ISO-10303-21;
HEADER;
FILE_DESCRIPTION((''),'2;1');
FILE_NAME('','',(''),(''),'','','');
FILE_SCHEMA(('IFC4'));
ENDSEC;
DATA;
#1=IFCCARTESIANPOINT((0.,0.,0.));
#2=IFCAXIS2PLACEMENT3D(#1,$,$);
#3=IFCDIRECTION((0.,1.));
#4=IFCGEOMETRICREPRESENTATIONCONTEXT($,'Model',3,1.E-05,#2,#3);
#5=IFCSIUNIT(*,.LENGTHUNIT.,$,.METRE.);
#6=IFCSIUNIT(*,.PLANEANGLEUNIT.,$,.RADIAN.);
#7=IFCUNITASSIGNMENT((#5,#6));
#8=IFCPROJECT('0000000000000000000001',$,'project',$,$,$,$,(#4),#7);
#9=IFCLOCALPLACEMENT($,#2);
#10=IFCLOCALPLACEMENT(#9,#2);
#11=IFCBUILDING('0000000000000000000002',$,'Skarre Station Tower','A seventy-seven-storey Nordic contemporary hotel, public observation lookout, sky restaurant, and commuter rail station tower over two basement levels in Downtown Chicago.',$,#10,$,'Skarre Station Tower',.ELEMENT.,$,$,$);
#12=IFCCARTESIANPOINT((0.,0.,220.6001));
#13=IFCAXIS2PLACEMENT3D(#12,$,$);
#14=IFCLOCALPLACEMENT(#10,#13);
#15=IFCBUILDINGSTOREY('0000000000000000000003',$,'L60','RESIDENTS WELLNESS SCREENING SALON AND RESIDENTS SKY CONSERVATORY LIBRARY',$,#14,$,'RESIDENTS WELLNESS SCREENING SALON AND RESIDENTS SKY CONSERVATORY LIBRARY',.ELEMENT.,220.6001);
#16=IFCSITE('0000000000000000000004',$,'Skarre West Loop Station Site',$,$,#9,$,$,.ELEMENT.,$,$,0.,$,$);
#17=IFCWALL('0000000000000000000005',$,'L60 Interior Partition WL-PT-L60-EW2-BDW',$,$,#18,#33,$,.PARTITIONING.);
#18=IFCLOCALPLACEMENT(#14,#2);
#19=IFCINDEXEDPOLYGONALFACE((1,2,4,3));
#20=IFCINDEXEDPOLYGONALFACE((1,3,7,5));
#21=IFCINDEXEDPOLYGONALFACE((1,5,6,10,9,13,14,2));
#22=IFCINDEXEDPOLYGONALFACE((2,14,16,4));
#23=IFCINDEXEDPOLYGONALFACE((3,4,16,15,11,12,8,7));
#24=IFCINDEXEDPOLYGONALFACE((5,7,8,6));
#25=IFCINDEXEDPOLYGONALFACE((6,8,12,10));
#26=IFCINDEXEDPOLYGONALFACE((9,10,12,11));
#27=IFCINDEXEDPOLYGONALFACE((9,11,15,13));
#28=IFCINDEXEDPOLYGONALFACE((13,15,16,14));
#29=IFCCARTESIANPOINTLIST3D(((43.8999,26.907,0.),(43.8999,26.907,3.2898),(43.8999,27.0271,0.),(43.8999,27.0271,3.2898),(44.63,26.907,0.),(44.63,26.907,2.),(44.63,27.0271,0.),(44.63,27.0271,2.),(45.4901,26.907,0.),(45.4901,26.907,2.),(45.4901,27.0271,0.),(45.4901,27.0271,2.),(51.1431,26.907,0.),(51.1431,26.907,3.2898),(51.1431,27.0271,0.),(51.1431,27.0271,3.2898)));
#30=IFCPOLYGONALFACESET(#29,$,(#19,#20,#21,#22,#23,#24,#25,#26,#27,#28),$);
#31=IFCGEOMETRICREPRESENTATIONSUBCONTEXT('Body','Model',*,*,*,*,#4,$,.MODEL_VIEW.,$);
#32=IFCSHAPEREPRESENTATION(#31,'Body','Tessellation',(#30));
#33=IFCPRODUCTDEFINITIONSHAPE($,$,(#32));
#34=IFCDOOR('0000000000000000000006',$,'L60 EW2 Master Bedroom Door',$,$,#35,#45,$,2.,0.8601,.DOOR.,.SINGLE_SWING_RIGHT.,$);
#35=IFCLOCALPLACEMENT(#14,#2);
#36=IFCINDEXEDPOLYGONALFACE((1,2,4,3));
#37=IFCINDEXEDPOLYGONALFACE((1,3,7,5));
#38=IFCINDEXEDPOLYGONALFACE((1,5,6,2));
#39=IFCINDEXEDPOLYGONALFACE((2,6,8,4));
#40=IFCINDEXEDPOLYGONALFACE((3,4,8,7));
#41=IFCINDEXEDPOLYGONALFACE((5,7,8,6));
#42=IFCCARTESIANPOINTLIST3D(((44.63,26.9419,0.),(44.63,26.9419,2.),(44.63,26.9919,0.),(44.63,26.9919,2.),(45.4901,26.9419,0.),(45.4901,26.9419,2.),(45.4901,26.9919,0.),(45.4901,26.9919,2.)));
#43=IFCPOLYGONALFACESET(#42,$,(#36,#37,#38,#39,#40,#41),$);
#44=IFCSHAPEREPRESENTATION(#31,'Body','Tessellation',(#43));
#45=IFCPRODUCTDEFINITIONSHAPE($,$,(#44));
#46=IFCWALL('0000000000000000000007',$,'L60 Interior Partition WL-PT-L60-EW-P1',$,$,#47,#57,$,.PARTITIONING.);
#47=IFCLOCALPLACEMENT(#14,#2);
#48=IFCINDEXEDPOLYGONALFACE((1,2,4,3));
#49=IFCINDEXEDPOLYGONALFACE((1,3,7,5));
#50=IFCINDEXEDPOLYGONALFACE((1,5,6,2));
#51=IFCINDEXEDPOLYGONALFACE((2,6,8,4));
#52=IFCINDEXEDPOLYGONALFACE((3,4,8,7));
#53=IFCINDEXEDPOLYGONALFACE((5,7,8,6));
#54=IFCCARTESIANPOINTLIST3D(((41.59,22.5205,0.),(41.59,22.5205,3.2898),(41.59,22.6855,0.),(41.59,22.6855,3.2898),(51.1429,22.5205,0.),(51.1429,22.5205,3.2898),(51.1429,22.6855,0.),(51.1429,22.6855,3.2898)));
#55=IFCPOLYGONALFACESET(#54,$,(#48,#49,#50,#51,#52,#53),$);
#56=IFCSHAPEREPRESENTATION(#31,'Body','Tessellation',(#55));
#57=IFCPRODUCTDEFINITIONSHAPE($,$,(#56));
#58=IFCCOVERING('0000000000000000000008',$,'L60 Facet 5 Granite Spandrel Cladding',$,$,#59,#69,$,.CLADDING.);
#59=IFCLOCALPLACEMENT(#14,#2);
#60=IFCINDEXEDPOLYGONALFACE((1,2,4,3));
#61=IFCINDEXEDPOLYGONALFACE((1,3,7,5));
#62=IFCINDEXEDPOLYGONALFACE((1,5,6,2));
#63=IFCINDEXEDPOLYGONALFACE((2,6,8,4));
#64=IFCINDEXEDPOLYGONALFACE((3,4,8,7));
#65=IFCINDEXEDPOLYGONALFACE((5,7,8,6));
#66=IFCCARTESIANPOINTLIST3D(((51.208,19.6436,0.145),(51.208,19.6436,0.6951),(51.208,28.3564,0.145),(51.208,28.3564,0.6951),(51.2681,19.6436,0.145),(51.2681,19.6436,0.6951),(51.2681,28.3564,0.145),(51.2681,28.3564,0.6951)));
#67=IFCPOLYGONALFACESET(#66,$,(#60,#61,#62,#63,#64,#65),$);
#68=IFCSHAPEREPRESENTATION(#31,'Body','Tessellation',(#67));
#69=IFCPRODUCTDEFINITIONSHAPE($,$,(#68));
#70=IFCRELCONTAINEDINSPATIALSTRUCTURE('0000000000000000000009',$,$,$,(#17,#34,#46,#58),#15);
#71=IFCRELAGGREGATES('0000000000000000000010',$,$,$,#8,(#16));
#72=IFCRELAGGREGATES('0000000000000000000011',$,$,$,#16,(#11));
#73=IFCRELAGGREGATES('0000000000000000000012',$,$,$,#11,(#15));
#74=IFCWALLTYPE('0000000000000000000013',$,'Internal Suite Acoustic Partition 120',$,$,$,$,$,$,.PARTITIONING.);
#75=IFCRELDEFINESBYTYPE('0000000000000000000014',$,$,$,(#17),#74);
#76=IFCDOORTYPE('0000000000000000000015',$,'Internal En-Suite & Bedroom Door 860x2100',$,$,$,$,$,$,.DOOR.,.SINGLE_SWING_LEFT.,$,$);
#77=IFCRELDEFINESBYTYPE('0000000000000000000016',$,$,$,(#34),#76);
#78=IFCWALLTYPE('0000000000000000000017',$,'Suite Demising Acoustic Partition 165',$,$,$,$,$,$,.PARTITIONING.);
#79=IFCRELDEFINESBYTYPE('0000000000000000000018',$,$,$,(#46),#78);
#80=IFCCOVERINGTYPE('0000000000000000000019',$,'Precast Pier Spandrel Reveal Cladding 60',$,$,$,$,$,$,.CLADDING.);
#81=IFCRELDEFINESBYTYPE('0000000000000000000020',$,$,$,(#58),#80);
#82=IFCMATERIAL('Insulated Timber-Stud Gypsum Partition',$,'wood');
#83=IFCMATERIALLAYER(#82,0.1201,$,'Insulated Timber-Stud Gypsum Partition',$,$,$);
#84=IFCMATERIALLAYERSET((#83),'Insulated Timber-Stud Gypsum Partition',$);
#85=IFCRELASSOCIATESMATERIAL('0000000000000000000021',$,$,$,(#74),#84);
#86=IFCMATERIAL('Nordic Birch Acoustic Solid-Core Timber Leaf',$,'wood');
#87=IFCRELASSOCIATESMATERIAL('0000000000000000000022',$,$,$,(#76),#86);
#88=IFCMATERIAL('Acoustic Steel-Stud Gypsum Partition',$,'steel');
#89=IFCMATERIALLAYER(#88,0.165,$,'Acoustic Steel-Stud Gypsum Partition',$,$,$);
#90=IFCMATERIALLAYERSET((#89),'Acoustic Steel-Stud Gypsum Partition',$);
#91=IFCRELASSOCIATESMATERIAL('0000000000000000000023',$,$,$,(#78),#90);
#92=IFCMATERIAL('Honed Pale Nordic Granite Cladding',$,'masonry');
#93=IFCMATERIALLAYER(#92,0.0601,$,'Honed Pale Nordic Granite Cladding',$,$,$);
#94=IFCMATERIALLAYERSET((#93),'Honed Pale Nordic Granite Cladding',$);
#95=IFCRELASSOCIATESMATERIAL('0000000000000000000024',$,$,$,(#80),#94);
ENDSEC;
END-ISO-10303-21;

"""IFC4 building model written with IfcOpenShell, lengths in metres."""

from ifc_helpers import new_model, si_unit, direction, frame, frame_2d, origin, origin_2d, place, context, subcontext, project, spatial, rectangle, extrude, material, layer, layer_set, type_object, element, fill, save


model = new_model("IFC4")

# Units and contexts
model_context = context("Model", 3, precision=1e-05, world=origin(), true_north=direction((0.0, 1.0)))
body_context = subcontext(model_context, "Body", "Model", "MODEL_VIEW")
ifc_project = project(units=[si_unit("LENGTHUNIT", "METRE"), si_unit("PLANEANGLEUNIT", "RADIAN")], contexts=[model_context])

# Site, building, storey
site_placement = place(None, origin())
site = spatial("IfcSite", under=ifc_project, at=site_placement, Name="Skarre West Loop Station Site", CompositionType="ELEMENT", RefElevation=0.0)
building_placement = place(site_placement, origin())
building = spatial("IfcBuilding", under=site, at=building_placement, Name="Skarre Station Tower", Description="A seventy-seven-storey Nordic contemporary hotel, public observation lookout, sky restaurant, and commuter rail station tower over two basement levels in Downtown Chicago.", LongName="Skarre Station Tower", CompositionType="ELEMENT")
storey_placement = place(building_placement, frame((0.0, 0.0, 220.6001)))
storey = spatial("IfcBuildingStorey", under=building, at=storey_placement, Name="L60", Description="RESIDENTS WELLNESS SCREENING SALON AND RESIDENTS SKY CONSERVATORY LIBRARY", LongName="RESIDENTS WELLNESS SCREENING SALON AND RESIDENTS SKY CONSERVATORY LIBRARY", CompositionType="ELEMENT", Elevation=220.6001)

# Shared definitions
ifc_material_1 = material(Name="Acoustic Steel-Stud Gypsum Partition", Category="steel")

# Shared definitions
ifc_material_2 = material(Name="Insulated Timber-Stud Gypsum Partition", Category="wood")
ifc_layer_1 = layer(ifc_material_2, 0.1201, Name="Insulated Timber-Stud Gypsum Partition")
ifc_layer_set_1 = layer_set([ifc_layer_1], Name="Insulated Timber-Stud Gypsum Partition")
wall_type_1 = type_object("IfcWallType", Name="Internal Suite Acoustic Partition 120", PredefinedType="PARTITIONING", material=ifc_layer_set_1)

# Wall, opening, door
ifc_material_3 = material(Name="Nordic Birch Acoustic Solid-Core Timber Leaf", Category="wood")
door_type_1 = type_object("IfcDoorType", Name="Internal En-Suite & Bedroom Door 860x2100", OperationType="SINGLE_SWING_LEFT", PredefinedType="DOOR", material=ifc_material_3)
wall_1_placement = place(storey_placement, frame((43.8999, 26.967, 0.0), z_axis=(0.0, 0.0, 1.0), x_axis=(1.0, 0.0, 0.0)))
wall_1 = element("IfcWall", 1, at=wall_1_placement, inside=storey, type_object=wall_type_1, Name="L60 Interior Partition WL-PT-L60-EW2-BDW", PredefinedType="PARTITIONING", context=body_context, shape_type="SweptSolid", body=[
    extrude(rectangle(XDim=7.2432, YDim=0.1201, at=frame_2d((3.6216, 0.0))), origin(), (0.0, 0.0, 1.0), 3.2898),
])
opening_1_placement = place(wall_1_placement, frame((0.73, 0.0, 0.0)))
opening_1 = element("IfcOpeningElement", 2, at=opening_1_placement, cuts=wall_1, PredefinedType="OPENING", context=body_context, shape_type="SweptSolid", body=[
    extrude(rectangle(XDim=0.8601, YDim=2.0, at=frame_2d((0.4302, 1.0))), frame((0.0, 0.0701, 0.0), z_axis=(0.0, -1.0, 0.0), x_axis=(1.0, 0.0, 0.0)), (0.0, 0.0, 1.0), 0.1401),
])
door_1_placement = place(opening_1_placement, origin())
door_1 = element("IfcDoor", 3, at=door_1_placement, inside=storey, type_object=door_type_1, Name="L60 EW2 Master Bedroom Door", OperationType="SINGLE_SWING_RIGHT", OverallHeight=2.0, OverallWidth=0.8601, PredefinedType="DOOR", context=body_context, shape_type="SweptSolid", body=[
    extrude(rectangle(XDim=0.8601, YDim=2.0, at=frame_2d((0.4302, 1.0))), frame((0.0, 0.0249, 0.0), z_axis=(0.0, -1.0, 0.0), x_axis=(1.0, 0.0, 0.0)), (0.0, 0.0, 1.0), 0.05),
])
fill(opening_1, door_1)

# Wall
ifc_layer_2 = layer(ifc_material_1, 0.165, Name="Acoustic Steel-Stud Gypsum Partition")
ifc_layer_set_2 = layer_set([ifc_layer_2], Name="Acoustic Steel-Stud Gypsum Partition")
wall_type_2 = type_object("IfcWallType", Name="Suite Demising Acoustic Partition 165", PredefinedType="PARTITIONING", material=ifc_layer_set_2)
wall_2_placement = place(storey_placement, frame((41.5901, 22.603, 0.0), z_axis=(0.0, 0.0, 1.0), x_axis=(1.0, 0.0, 0.0)))
element("IfcWall", 4, at=wall_2_placement, inside=storey, type_object=wall_type_2, Name="L60 Interior Partition WL-PT-L60-EW-P1", PredefinedType="PARTITIONING", context=body_context, shape_type="SweptSolid", body=[
    extrude(rectangle(XDim=9.553, YDim=0.165, at=frame_2d((4.7764, 0.0))), origin(), (0.0, 0.0, 1.0), 3.2898),
])

# Covering
ifc_material_4 = material(Name="Honed Pale Nordic Granite Cladding", Category="masonry")
ifc_layer_3 = layer(ifc_material_4, 0.0601, Name="Honed Pale Nordic Granite Cladding")
ifc_layer_set_3 = layer_set([ifc_layer_3], Name="Honed Pale Nordic Granite Cladding")
covering_type = type_object("IfcCoveringType", Name="Precast Pier Spandrel Reveal Cladding 60", PredefinedType="CLADDING", material=ifc_layer_set_3)
covering_placement = place(storey_placement, frame((51.238, 24.0, 0.145), z_axis=(0.0, 0.0, 1.0), x_axis=(0.0, 1.0, 0.0)))
element("IfcCovering", 5, at=covering_placement, inside=storey, type_object=covering_type, Name="L60 Facet 5 Granite Spandrel Cladding", PredefinedType="CLADDING", context=body_context, shape_type="SweptSolid", body=[
    extrude(rectangle(XDim=8.7129, YDim=0.0601, at=origin_2d()), origin(), (0.0, 0.0, 1.0), 0.55),
])

save(model, "model.ifc")
